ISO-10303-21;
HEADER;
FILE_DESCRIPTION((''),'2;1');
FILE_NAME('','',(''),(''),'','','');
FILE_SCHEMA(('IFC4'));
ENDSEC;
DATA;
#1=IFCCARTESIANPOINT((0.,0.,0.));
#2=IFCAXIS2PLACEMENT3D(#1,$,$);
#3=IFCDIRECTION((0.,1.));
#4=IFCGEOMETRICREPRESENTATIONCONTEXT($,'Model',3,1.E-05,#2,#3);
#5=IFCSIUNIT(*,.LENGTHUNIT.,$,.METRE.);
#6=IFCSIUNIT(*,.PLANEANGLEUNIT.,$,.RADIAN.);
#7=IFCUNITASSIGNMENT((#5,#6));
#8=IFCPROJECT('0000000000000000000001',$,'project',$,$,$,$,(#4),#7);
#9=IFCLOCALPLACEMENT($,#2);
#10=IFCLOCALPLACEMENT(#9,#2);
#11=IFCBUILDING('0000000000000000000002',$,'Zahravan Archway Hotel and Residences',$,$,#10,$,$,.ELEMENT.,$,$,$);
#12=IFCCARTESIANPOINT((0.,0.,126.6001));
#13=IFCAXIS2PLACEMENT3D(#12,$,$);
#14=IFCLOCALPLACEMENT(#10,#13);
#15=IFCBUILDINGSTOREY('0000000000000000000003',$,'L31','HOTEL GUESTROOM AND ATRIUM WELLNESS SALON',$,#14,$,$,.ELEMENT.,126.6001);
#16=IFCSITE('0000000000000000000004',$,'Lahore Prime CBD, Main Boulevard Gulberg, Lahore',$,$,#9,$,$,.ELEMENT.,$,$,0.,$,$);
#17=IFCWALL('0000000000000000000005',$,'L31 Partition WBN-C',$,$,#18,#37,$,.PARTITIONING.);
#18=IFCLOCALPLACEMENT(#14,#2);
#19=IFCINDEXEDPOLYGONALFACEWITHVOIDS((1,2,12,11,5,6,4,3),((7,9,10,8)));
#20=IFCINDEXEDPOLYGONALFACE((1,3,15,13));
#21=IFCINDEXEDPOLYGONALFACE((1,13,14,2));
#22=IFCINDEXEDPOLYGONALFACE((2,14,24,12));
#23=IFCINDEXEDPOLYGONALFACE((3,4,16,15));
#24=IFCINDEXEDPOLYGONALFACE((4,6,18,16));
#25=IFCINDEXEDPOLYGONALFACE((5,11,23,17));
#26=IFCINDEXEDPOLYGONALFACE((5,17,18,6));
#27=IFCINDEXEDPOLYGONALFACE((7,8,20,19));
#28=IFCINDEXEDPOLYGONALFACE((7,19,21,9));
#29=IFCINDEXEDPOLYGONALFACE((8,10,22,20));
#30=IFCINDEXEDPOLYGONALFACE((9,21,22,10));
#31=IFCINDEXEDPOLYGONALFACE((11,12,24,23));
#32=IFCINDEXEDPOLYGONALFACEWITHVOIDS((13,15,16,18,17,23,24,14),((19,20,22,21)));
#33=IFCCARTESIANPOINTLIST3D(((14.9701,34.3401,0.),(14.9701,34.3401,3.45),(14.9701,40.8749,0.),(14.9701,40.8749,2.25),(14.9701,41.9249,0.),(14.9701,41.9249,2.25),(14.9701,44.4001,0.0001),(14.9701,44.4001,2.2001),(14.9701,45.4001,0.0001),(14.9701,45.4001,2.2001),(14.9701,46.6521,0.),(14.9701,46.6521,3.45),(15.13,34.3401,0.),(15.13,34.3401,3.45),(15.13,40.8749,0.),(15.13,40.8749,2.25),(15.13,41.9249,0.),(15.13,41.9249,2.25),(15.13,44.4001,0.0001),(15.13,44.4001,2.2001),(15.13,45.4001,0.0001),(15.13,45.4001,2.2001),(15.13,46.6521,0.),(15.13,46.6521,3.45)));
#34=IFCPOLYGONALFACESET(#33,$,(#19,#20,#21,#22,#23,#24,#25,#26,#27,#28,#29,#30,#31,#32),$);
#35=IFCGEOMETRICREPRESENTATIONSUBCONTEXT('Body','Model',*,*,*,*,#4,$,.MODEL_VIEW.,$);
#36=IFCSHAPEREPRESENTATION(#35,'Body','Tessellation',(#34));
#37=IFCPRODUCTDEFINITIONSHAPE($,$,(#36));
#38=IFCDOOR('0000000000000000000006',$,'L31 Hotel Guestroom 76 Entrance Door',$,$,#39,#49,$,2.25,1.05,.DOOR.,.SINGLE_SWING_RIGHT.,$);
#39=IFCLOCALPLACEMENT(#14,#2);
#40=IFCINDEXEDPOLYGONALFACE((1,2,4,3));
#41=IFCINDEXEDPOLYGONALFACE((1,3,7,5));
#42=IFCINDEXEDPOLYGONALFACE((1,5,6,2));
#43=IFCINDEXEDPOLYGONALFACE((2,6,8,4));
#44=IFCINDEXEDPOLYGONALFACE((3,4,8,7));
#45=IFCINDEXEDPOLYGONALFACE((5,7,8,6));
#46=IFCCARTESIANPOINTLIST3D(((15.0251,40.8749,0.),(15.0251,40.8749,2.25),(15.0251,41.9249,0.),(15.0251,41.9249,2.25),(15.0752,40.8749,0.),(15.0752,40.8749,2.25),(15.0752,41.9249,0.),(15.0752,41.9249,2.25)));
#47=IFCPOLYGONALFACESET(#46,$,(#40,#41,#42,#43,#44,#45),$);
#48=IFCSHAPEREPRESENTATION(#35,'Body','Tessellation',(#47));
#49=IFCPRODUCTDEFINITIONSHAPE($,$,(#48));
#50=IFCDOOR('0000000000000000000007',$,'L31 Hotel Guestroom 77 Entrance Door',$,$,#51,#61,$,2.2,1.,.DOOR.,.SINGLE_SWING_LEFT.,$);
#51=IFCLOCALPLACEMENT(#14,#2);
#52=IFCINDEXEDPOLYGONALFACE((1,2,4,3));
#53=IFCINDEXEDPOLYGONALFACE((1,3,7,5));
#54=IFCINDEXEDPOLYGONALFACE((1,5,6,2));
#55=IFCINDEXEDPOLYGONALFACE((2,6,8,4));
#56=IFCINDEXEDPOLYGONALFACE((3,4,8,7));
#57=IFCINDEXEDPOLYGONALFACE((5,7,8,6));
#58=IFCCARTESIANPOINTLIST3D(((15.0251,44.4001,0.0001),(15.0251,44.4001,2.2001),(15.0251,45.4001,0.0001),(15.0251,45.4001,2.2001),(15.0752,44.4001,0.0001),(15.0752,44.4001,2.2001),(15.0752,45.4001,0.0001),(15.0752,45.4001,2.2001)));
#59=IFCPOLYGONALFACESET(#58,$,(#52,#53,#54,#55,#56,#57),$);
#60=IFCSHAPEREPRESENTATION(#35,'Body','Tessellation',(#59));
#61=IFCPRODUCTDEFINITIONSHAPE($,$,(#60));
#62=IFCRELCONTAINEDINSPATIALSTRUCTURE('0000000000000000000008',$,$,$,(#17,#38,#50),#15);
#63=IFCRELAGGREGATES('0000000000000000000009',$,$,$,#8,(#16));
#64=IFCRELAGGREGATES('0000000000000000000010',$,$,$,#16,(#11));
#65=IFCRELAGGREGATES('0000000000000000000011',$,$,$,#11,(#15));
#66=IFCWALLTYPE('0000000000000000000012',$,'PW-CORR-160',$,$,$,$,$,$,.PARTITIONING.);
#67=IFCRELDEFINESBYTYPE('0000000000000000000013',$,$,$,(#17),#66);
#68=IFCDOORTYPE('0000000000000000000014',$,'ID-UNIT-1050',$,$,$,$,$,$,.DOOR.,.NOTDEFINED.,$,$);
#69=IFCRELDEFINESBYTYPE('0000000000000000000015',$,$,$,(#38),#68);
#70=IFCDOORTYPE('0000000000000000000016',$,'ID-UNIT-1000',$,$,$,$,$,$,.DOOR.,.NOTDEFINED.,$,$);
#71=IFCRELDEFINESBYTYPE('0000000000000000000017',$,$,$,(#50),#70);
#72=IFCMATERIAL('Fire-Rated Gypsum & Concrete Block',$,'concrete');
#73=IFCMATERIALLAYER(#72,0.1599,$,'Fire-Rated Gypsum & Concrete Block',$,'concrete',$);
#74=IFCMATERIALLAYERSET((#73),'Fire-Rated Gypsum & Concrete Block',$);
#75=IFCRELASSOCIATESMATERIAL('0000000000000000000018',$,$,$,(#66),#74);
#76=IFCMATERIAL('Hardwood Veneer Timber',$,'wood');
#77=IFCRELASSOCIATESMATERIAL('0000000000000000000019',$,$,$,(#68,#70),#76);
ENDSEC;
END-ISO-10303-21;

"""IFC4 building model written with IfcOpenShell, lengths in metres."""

from ifc_helpers import new_model, si_unit, direction, frame, frame_2d, origin, place, context, subcontext, project, spatial, rectangle, extrude, source, transform, mapped, material, layer, layer_set, type_object, type_shapes, element, fill, save


model = new_model("IFC4")

# Units and contexts
model_context = context("Model", 3, precision=1e-05, world=origin(), true_north=direction((0.0, 1.0)))
body_context = subcontext(model_context, "Body", "Model", "MODEL_VIEW")
ifc_project = project(units=[si_unit("LENGTHUNIT", "METRE"), si_unit("PLANEANGLEUNIT", "RADIAN")], contexts=[model_context])

# Site, building, storey
site_placement = place(None, origin())
site = spatial("IfcSite", under=ifc_project, at=site_placement, Name="Lahore Prime CBD, Main Boulevard Gulberg, Lahore", CompositionType="ELEMENT", RefElevation=0.0)
building_placement = place(site_placement, origin())
building = spatial("IfcBuilding", under=site, at=building_placement, Name="Zahravan Archway Hotel and Residences", CompositionType="ELEMENT")
storey_placement = place(building_placement, frame((0.0, 0.0, 126.6001)))
storey = spatial("IfcBuildingStorey", under=building, at=storey_placement, Name="L31", Description="HOTEL GUESTROOM AND ATRIUM WELLNESS SALON", CompositionType="ELEMENT", Elevation=126.6001)

# Wall, openings, doors
ifc_material_1 = material(Name="Fire-Rated Gypsum & Concrete Block", Category="concrete")
ifc_layer_1 = layer(ifc_material_1, 0.1599, Name="Fire-Rated Gypsum & Concrete Block", Category="concrete")
ifc_layer_set_1 = layer_set([ifc_layer_1], Name="Fire-Rated Gypsum & Concrete Block")
wall_type = type_object("IfcWallType", Name="PW-CORR-160", PredefinedType="PARTITIONING", material=ifc_layer_set_1)
wall_placement = place(storey_placement, frame((15.05, 34.3401, 0.0), z_axis=(0.0, 0.0, 1.0), x_axis=(0.0, 1.0, 0.0)))
wall = element("IfcWall", 1, at=wall_placement, inside=storey, type_object=wall_type, Name="L31 Partition WBN-C", PredefinedType="PARTITIONING", context=body_context, shape_type="SweptSolid", body=[
    extrude(rectangle(XDim=12.312, YDim=0.1599, at=frame_2d((6.156, 0.0))), origin(), (0.0, 0.0, 1.0), 3.45),
])
opening_1_placement = place(wall_placement, frame((6.5349, 0.0, 0.0)))
opening_1 = element("IfcOpeningElement", 2, at=opening_1_placement, cuts=wall, PredefinedType="OPENING", context=body_context, shape_type="SweptSolid", body=[
    extrude(rectangle(XDim=1.05, YDim=2.25, at=frame_2d((0.5249, 1.125))), frame((0.0, 0.0898, 0.0), z_axis=(0.0, -1.0, 0.0), x_axis=(1.0, 0.0, 0.0)), (0.0, 0.0, 1.0), 0.1799),
])
opening_2_placement = place(wall_placement, frame((10.0601, 0.0, 0.0)))
opening_2 = element("IfcOpeningElement", 3, at=opening_2_placement, cuts=wall, PredefinedType="OPENING", context=body_context, shape_type="SweptSolid", body=[
    extrude(rectangle(XDim=1.0, YDim=2.2, at=frame_2d((0.5, 1.1001))), frame((0.0, 0.0898, 0.0), z_axis=(0.0, -1.0, 0.0), x_axis=(1.0, 0.0, 0.0)), (0.0, 0.0, 1.0), 0.1799),
])
ifc_material_2 = material(Name="Hardwood Veneer Timber", Category="wood")
door_type_1 = type_object("IfcDoorType", Name="ID-UNIT-1050", OperationType="NOTDEFINED", PredefinedType="DOOR", material=ifc_material_2)
shared_shape_1 = source(origin(), body_context, "Body", "SweptSolid", [
    extrude(rectangle(XDim=1.05, YDim=2.25, at=frame_2d((0.5249, 1.125))), frame((0.0, 0.0249, 0.0), z_axis=(0.0, -1.0, 0.0), x_axis=(1.0, 0.0, 0.0)), (0.0, 0.0, 1.0), 0.05),
])
type_shapes(door_type_1, [shared_shape_1])
door_1_placement = place(opening_1_placement, origin())
door_1 = element("IfcDoor", 4, at=door_1_placement, inside=storey, type_object=door_type_1, Name="L31 Hotel Guestroom 76 Entrance Door", OperationType="SINGLE_SWING_RIGHT", OverallHeight=2.25, OverallWidth=1.05, PredefinedType="DOOR", context=body_context, shape_type="MappedRepresentation", body=[
    mapped(shared_shape_1, transform((0.0, 0.0, 0.0), scale=1.0)),
])
fill(opening_1, door_1)
door_type_2 = type_object("IfcDoorType", Name="ID-UNIT-1000", OperationType="NOTDEFINED", PredefinedType="DOOR", material=ifc_material_2)
shared_shape_2 = source(origin(), body_context, "Body", "SweptSolid", [
    extrude(rectangle(XDim=1.0, YDim=2.2, at=frame_2d((0.5, 1.1001))), frame((0.0, 0.0249, 0.0), z_axis=(0.0, -1.0, 0.0), x_axis=(1.0, 0.0, 0.0)), (0.0, 0.0, 1.0), 0.05),
])
type_shapes(door_type_2, [shared_shape_2])
door_2_placement = place(opening_2_placement, origin())
door_2 = element("IfcDoor", 5, at=door_2_placement, inside=storey, type_object=door_type_2, Name="L31 Hotel Guestroom 77 Entrance Door", OperationType="SINGLE_SWING_LEFT", OverallHeight=2.2, OverallWidth=1.0, PredefinedType="DOOR", context=body_context, shape_type="MappedRepresentation", body=[
    mapped(shared_shape_2, transform((0.0, 0.0, 0.0), scale=1.0)),
])
fill(opening_2, door_2)

save(model, "model.ifc")
